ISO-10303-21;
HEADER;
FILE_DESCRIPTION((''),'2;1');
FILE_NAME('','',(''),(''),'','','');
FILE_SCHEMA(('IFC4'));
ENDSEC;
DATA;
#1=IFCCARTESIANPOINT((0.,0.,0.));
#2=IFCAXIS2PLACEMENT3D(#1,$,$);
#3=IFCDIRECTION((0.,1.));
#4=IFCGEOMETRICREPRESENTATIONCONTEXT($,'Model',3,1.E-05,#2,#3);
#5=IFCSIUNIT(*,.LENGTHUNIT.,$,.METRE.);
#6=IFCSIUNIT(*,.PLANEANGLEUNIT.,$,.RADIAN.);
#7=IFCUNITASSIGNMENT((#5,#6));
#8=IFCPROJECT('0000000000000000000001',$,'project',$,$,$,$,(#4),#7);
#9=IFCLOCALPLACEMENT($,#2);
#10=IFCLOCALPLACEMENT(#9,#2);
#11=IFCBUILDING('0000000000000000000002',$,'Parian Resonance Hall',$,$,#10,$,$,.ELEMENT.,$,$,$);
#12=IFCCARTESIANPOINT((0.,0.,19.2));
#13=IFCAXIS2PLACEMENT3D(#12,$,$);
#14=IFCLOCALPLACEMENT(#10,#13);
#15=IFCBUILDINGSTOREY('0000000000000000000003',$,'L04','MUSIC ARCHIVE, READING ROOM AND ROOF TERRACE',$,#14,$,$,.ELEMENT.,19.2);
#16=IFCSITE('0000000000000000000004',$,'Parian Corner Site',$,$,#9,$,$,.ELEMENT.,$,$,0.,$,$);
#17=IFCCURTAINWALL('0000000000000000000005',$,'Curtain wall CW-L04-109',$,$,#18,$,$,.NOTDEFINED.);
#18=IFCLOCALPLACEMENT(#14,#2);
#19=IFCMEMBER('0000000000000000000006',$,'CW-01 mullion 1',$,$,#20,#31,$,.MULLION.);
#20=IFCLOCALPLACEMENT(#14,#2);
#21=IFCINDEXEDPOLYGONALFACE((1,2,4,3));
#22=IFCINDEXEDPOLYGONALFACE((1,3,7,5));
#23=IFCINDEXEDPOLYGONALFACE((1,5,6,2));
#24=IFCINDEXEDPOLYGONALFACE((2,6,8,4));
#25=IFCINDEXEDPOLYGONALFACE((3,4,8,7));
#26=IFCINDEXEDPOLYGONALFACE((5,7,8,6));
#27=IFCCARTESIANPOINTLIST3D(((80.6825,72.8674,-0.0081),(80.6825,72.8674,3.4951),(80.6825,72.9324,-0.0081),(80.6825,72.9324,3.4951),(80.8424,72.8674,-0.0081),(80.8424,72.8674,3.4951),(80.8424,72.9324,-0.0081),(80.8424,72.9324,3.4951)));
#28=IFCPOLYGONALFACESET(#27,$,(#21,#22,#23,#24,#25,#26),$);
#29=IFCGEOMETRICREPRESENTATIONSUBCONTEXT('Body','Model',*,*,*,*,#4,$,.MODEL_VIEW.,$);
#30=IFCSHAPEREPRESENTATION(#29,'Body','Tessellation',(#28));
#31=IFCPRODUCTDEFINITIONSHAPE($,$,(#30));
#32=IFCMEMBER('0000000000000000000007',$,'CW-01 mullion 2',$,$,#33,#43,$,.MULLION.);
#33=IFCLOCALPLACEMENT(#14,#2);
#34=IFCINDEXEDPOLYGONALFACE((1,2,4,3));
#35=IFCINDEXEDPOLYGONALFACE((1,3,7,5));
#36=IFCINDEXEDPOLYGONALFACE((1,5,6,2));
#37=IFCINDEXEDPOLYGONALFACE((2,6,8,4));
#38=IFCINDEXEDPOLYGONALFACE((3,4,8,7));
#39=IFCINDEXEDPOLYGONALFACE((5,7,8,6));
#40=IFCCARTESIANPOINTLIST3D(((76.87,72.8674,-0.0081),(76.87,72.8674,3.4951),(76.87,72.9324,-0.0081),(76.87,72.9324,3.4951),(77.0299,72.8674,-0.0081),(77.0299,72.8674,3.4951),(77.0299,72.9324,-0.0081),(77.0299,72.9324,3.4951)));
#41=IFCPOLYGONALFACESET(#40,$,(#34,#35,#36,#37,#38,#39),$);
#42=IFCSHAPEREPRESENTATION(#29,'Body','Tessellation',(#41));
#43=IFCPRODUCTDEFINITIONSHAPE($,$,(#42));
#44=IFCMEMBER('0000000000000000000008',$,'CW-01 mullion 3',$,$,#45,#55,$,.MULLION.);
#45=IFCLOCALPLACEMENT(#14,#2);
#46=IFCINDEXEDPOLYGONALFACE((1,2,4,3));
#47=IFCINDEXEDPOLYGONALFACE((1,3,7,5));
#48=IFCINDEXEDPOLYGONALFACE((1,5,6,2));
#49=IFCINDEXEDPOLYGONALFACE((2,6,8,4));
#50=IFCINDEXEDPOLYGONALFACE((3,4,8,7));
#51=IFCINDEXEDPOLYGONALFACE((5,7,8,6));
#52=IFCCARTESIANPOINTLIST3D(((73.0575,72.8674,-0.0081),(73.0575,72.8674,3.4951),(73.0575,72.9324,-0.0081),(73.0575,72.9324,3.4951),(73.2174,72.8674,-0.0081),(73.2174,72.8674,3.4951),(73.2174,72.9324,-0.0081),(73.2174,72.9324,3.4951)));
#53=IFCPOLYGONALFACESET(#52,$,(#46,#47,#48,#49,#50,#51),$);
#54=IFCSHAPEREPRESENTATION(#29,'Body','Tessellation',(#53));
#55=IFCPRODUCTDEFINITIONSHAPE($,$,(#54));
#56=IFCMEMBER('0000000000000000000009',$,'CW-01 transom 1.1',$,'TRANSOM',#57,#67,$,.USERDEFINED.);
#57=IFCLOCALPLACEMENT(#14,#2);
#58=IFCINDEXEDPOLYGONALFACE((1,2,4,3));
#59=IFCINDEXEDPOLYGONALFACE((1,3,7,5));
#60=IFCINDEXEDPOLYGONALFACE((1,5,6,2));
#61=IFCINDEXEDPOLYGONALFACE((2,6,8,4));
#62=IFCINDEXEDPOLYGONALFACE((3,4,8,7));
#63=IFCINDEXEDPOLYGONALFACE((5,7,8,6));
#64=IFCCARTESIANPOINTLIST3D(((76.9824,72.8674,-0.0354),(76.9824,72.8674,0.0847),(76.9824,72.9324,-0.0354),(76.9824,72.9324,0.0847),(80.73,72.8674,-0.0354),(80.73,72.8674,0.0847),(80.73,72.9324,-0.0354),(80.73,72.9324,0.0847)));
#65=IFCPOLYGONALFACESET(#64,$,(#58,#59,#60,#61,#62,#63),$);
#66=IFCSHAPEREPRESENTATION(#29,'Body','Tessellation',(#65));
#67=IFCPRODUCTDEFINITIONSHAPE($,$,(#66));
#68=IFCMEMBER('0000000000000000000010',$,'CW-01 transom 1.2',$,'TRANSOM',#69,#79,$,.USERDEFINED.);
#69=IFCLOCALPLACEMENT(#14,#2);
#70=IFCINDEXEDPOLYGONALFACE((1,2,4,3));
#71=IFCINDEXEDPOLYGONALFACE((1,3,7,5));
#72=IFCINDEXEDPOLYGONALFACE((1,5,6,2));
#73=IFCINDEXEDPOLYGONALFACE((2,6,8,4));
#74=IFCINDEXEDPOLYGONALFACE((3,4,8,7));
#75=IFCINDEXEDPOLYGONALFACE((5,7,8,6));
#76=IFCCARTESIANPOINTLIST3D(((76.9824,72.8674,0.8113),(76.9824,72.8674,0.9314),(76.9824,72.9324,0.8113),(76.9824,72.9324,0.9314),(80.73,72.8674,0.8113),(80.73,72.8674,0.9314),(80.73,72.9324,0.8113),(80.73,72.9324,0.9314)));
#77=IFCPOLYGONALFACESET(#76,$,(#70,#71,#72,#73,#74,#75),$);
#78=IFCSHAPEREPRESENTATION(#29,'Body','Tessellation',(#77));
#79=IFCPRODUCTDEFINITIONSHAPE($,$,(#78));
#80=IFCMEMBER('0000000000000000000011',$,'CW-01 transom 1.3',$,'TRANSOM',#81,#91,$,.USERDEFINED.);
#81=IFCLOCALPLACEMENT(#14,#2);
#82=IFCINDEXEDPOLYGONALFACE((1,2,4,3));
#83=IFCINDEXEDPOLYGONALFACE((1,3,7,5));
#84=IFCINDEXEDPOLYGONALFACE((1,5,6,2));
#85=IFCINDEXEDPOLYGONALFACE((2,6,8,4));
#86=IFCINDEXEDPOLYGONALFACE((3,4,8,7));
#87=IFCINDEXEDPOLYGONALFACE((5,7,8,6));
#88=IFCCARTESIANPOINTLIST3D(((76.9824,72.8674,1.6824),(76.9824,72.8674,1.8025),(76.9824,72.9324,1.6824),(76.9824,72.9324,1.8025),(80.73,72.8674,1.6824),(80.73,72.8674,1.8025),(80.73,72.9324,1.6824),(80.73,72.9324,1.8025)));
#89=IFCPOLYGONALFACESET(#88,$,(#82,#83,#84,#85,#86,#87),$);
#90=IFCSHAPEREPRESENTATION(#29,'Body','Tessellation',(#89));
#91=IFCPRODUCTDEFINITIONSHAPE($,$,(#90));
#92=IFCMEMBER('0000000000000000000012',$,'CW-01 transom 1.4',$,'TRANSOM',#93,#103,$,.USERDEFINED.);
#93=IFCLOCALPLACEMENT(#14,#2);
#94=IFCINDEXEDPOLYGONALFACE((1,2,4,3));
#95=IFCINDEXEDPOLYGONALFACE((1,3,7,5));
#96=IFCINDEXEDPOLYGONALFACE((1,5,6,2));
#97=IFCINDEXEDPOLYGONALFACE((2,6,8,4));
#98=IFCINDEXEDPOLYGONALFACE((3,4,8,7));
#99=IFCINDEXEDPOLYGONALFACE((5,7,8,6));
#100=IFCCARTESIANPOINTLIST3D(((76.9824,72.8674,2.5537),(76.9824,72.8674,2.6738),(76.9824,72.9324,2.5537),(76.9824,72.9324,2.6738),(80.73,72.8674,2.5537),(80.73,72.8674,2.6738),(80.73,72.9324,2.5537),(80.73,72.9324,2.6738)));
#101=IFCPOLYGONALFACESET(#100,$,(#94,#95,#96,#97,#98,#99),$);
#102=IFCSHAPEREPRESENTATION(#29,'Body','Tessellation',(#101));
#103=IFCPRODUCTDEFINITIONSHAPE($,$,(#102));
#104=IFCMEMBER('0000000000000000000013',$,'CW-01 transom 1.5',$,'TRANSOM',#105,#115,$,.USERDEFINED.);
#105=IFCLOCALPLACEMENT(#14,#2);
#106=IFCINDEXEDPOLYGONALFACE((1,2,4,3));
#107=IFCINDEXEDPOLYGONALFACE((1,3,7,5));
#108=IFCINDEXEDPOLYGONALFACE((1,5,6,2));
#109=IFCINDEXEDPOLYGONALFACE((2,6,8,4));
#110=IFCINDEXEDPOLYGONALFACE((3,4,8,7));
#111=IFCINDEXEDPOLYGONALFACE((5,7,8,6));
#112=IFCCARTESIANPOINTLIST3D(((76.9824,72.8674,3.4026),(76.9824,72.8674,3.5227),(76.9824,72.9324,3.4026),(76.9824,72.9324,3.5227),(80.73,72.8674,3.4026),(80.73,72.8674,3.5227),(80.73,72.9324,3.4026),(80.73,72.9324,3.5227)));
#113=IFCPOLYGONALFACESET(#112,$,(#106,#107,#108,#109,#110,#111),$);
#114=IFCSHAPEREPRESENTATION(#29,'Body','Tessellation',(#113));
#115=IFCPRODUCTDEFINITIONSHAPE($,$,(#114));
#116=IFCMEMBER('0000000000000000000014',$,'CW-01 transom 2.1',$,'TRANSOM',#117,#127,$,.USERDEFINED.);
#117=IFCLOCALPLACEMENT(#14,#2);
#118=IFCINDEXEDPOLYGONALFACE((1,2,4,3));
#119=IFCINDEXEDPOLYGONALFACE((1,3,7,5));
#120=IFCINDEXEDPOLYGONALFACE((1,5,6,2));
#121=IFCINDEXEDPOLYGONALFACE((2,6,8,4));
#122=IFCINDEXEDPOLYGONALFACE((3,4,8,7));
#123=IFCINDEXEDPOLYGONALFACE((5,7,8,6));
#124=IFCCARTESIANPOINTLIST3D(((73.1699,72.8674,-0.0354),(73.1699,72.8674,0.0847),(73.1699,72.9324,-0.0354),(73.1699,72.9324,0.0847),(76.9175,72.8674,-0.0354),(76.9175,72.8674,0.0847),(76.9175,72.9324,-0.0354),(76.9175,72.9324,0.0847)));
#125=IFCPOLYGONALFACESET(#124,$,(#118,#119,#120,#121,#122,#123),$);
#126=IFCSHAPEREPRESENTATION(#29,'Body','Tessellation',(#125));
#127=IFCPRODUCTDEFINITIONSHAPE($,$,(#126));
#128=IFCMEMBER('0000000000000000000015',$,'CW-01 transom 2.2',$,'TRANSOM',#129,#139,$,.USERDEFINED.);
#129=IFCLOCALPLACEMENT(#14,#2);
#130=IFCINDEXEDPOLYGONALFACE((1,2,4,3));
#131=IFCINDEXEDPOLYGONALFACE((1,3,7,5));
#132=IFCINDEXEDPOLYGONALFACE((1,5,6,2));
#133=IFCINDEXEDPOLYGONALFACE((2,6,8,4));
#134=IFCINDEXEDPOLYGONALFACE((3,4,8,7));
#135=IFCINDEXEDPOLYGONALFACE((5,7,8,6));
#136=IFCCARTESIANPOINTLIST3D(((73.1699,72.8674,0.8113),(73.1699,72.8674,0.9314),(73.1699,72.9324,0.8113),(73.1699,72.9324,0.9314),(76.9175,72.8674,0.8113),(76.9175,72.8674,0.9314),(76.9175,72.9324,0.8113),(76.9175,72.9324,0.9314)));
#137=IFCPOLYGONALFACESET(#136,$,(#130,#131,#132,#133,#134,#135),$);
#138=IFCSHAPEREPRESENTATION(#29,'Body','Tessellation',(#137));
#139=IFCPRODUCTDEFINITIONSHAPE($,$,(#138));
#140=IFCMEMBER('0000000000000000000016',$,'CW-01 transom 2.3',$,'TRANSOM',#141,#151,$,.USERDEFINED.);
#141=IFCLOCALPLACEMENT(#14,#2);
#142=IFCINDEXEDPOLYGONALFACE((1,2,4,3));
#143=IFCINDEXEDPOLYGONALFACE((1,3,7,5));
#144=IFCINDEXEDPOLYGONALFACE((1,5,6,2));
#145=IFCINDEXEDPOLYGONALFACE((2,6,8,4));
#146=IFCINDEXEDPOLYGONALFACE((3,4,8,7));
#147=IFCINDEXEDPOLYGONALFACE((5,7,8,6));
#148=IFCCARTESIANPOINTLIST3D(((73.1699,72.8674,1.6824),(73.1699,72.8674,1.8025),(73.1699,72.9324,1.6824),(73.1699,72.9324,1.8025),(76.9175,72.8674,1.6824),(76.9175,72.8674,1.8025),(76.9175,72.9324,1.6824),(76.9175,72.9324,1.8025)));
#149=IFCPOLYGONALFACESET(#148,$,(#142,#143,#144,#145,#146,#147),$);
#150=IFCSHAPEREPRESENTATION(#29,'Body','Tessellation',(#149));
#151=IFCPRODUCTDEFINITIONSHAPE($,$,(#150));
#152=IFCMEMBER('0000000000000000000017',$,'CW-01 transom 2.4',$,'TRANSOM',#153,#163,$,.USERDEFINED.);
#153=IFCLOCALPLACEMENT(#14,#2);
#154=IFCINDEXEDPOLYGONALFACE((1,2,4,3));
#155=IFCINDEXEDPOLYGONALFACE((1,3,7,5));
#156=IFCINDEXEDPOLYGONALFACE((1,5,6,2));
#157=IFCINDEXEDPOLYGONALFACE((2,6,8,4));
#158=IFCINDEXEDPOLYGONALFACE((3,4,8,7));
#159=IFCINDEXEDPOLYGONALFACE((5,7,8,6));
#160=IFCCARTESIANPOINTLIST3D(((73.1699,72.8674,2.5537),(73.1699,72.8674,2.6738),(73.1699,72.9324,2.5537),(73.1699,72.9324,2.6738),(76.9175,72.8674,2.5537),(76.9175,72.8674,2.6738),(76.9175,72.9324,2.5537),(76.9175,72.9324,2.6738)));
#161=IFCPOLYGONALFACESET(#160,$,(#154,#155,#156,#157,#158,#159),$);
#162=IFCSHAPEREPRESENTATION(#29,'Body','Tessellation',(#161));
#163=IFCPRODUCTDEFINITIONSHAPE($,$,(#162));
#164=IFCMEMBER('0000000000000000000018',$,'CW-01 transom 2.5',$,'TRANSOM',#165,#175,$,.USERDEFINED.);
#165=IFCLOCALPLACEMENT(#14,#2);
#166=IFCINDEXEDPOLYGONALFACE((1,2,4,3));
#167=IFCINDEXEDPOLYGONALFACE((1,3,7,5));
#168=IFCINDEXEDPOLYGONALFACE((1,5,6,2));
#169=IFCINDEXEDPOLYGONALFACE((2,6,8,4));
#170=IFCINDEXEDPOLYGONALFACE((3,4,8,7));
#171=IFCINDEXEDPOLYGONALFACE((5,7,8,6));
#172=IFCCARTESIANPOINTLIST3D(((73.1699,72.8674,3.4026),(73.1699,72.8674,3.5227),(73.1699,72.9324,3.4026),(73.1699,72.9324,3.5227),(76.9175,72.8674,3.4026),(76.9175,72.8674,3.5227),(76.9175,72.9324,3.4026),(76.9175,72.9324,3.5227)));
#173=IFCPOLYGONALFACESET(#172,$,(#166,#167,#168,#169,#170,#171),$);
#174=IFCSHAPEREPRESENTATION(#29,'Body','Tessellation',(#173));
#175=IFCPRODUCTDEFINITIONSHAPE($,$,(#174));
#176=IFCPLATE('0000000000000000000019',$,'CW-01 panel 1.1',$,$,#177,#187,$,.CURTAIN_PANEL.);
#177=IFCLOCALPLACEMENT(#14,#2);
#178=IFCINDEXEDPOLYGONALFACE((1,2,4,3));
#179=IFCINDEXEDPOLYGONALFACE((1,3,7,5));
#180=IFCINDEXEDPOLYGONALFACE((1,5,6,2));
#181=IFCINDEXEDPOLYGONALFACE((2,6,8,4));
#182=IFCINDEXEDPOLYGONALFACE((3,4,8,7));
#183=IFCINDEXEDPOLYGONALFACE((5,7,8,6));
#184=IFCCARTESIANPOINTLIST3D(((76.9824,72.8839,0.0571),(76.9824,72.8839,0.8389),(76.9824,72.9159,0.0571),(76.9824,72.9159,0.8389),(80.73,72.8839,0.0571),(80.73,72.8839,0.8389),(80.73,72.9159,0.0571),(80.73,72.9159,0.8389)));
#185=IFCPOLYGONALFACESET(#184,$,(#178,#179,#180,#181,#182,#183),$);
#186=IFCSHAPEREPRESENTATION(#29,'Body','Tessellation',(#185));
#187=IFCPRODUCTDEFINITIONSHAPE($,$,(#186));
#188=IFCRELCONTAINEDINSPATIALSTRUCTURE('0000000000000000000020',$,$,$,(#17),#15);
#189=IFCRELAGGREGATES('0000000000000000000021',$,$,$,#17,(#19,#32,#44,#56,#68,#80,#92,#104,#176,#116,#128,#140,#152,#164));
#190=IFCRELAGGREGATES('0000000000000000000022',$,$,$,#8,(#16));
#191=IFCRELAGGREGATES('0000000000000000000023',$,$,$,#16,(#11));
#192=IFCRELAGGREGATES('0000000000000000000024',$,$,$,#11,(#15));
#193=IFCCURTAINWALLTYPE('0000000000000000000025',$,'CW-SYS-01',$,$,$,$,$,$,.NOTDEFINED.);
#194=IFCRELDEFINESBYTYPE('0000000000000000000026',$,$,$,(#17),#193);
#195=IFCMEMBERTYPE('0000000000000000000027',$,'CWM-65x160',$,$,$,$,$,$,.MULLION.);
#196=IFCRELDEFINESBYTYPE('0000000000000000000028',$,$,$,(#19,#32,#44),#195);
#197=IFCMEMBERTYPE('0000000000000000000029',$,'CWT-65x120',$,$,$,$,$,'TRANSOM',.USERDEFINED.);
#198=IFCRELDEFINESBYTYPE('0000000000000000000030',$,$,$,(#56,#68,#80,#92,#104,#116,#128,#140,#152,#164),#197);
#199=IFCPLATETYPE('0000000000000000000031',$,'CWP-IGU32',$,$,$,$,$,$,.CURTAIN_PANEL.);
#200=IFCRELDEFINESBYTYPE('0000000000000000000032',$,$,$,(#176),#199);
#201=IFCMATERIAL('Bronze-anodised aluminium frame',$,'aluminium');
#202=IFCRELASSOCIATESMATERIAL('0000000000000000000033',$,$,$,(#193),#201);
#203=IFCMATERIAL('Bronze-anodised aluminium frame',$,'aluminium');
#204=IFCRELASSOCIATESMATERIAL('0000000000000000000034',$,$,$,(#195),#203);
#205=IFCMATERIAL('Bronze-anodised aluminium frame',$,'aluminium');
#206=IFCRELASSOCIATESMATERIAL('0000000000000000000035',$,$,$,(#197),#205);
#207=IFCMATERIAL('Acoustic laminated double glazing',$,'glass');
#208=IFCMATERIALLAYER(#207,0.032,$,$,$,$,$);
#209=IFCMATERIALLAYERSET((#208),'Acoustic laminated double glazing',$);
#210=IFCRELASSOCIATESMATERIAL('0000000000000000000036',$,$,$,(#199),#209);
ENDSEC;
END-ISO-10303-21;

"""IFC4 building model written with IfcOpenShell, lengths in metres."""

from ifc_helpers import new_model, si_unit, direction, frame, origin, origin_2d, place, context, subcontext, project, spatial, rectangle, extrude, material, layer, layer_set, material_profile, profile_set, type_object, element, aggregate, save


model = new_model("IFC4")

# Units and contexts
model_context = context("Model", 3, precision=1e-05, world=origin(), true_north=direction((0.0, 1.0)))
body_context = subcontext(model_context, "Body", "Model", "MODEL_VIEW")
ifc_project = project(units=[si_unit("LENGTHUNIT", "METRE"), si_unit("PLANEANGLEUNIT", "RADIAN")], contexts=[model_context])

# Site, building, storey
site_placement = place(None, origin())
site = spatial("IfcSite", under=ifc_project, at=site_placement, Name="Parian Corner Site", CompositionType="ELEMENT", RefElevation=0.0)
building_placement = place(site_placement, origin())
building = spatial("IfcBuilding", under=site, at=building_placement, Name="Parian Resonance Hall", CompositionType="ELEMENT")
storey_placement = place(building_placement, frame((0.0, 0.0, 19.2)))
storey = spatial("IfcBuildingStorey", under=building, at=storey_placement, Name="L04", Description="MUSIC ARCHIVE, READING ROOM AND ROOF TERRACE", CompositionType="ELEMENT", Elevation=19.2)

# Curtain wall, members, plate
ifc_material_1 = material(Name="Bronze-anodised aluminium frame", Category="aluminium")
curtain_wall_type = type_object("IfcCurtainWallType", Name="CW-SYS-01", PredefinedType="NOTDEFINED", material=ifc_material_1)
curtain_wall_placement = place(storey_placement, origin())
curtain_wall = element("IfcCurtainWall", 1, at=curtain_wall_placement, inside=storey, type_object=curtain_wall_type, Name="Curtain wall CW-L04-109", PredefinedType="NOTDEFINED")
ifc_material_2 = material(Name="Bronze-anodised aluminium frame", Category="aluminium")
ifc_material_profile_1 = material_profile(ifc_material_2, rectangle(XDim=0.0649, YDim=0.1599, at=origin_2d()), Name="CWM-65x160")
ifc_profile_set_1 = profile_set([ifc_material_profile_1], Name="Bronze-anodised aluminium frame")
member_type_1 = type_object("IfcMemberType", Name="CWM-65x160", PredefinedType="MULLION", material=ifc_profile_set_1)
member_1_placement = place(storey_placement, frame((80.7625, 72.8999, -0.0081), z_axis=(0.0, 0.0, 1.0), x_axis=(0.0, -1.0, 0.0)))
member_1 = element("IfcMember", 2, at=member_1_placement, type_object=member_type_1, Name="CW-01 mullion 1", PredefinedType="MULLION", context=body_context, shape_type="SweptSolid", body=[
    extrude(rectangle(XDim=0.0649, YDim=0.1599, at=origin_2d()), origin(), (0.0, 0.0, 1.0), 3.5032),
])
member_2_placement = place(storey_placement, frame((76.95, 72.8999, -0.0081), z_axis=(0.0, 0.0, 1.0), x_axis=(0.0, -1.0, 0.0)))
member_2 = element("IfcMember", 3, at=member_2_placement, type_object=member_type_1, Name="CW-01 mullion 2", PredefinedType="MULLION", context=body_context, shape_type="SweptSolid", body=[
    extrude(rectangle(XDim=0.0649, YDim=0.1599, at=origin_2d()), origin(), (0.0, 0.0, 1.0), 3.5032),
])
member_3_placement = place(storey_placement, frame((73.1375, 72.8999, -0.0081), z_axis=(0.0, 0.0, 1.0), x_axis=(0.0, -1.0, 0.0)))
member_3 = element("IfcMember", 4, at=member_3_placement, type_object=member_type_1, Name="CW-01 mullion 3", PredefinedType="MULLION", context=body_context, shape_type="SweptSolid", body=[
    extrude(rectangle(XDim=0.0649, YDim=0.1599, at=origin_2d()), origin(), (0.0, 0.0, 1.0), 3.5032),
])
ifc_material_3 = material(Name="Bronze-anodised aluminium frame", Category="aluminium")
ifc_material_profile_2 = material_profile(ifc_material_3, rectangle(XDim=0.0649, YDim=0.1201, at=origin_2d()), Name="CWT-65x120")
ifc_profile_set_2 = profile_set([ifc_material_profile_2], Name="Bronze-anodised aluminium frame")
member_type_2 = type_object("IfcMemberType", Name="CWT-65x120", ElementType="TRANSOM", PredefinedType="USERDEFINED", material=ifc_profile_set_2)
member_4_placement = place(storey_placement, frame((80.73, 72.8999, 0.0247), z_axis=(-1.0, 0.0, 0.0), x_axis=(0.0, -1.0, 0.0)))
member_4 = element("IfcMember", 5, at=member_4_placement, type_object=member_type_2, Name="CW-01 transom 1.1", ObjectType="TRANSOM", PredefinedType="USERDEFINED", context=body_context, shape_type="SweptSolid", body=[
    extrude(rectangle(XDim=0.0649, YDim=0.1201, at=origin_2d()), origin(), (0.0, 0.0, 1.0), 3.7476),
])
member_5_placement = place(storey_placement, frame((80.73, 72.8999, 0.8713), z_axis=(-1.0, 0.0, 0.0), x_axis=(0.0, -1.0, 0.0)))
member_5 = element("IfcMember", 6, at=member_5_placement, type_object=member_type_2, Name="CW-01 transom 1.2", ObjectType="TRANSOM", PredefinedType="USERDEFINED", context=body_context, shape_type="SweptSolid", body=[
    extrude(rectangle(XDim=0.0649, YDim=0.1201, at=origin_2d()), origin(), (0.0, 0.0, 1.0), 3.7476),
])
member_6_placement = place(storey_placement, frame((80.73, 72.8999, 1.7424), z_axis=(-1.0, 0.0, 0.0), x_axis=(0.0, -1.0, 0.0)))
member_6 = element("IfcMember", 7, at=member_6_placement, type_object=member_type_2, Name="CW-01 transom 1.3", ObjectType="TRANSOM", PredefinedType="USERDEFINED", context=body_context, shape_type="SweptSolid", body=[
    extrude(rectangle(XDim=0.0649, YDim=0.1201, at=origin_2d()), origin(), (0.0, 0.0, 1.0), 3.7476),
])
member_7_placement = place(storey_placement, frame((80.73, 72.8999, 2.6138), z_axis=(-1.0, 0.0, 0.0), x_axis=(0.0, -1.0, 0.0)))
member_7 = element("IfcMember", 8, at=member_7_placement, type_object=member_type_2, Name="CW-01 transom 1.4", ObjectType="TRANSOM", PredefinedType="USERDEFINED", context=body_context, shape_type="SweptSolid", body=[
    extrude(rectangle(XDim=0.0649, YDim=0.1201, at=origin_2d()), origin(), (0.0, 0.0, 1.0), 3.7476),
])
member_8_placement = place(storey_placement, frame((80.73, 72.8999, 3.4626), z_axis=(-1.0, 0.0, 0.0), x_axis=(0.0, -1.0, 0.0)))
member_8 = element("IfcMember", 9, at=member_8_placement, type_object=member_type_2, Name="CW-01 transom 1.5", ObjectType="TRANSOM", PredefinedType="USERDEFINED", context=body_context, shape_type="SweptSolid", body=[
    extrude(rectangle(XDim=0.0649, YDim=0.1201, at=origin_2d()), origin(), (0.0, 0.0, 1.0), 3.7476),
])
member_9_placement = place(storey_placement, frame((76.9175, 72.8999, 0.0247), z_axis=(-1.0, 0.0, 0.0), x_axis=(0.0, -1.0, 0.0)))
member_9 = element("IfcMember", 10, at=member_9_placement, type_object=member_type_2, Name="CW-01 transom 2.1", ObjectType="TRANSOM", PredefinedType="USERDEFINED", context=body_context, shape_type="SweptSolid", body=[
    extrude(rectangle(XDim=0.0649, YDim=0.1201, at=origin_2d()), origin(), (0.0, 0.0, 1.0), 3.7476),
])
member_10_placement = place(storey_placement, frame((76.9175, 72.8999, 0.8713), z_axis=(-1.0, 0.0, 0.0), x_axis=(0.0, -1.0, 0.0)))
member_10 = element("IfcMember", 11, at=member_10_placement, type_object=member_type_2, Name="CW-01 transom 2.2", ObjectType="TRANSOM", PredefinedType="USERDEFINED", context=body_context, shape_type="SweptSolid", body=[
    extrude(rectangle(XDim=0.0649, YDim=0.1201, at=origin_2d()), origin(), (0.0, 0.0, 1.0), 3.7476),
])
member_11_placement = place(storey_placement, frame((76.9175, 72.8999, 1.7424), z_axis=(-1.0, 0.0, 0.0), x_axis=(0.0, -1.0, 0.0)))
member_11 = element("IfcMember", 12, at=member_11_placement, type_object=member_type_2, Name="CW-01 transom 2.3", ObjectType="TRANSOM", PredefinedType="USERDEFINED", context=body_context, shape_type="SweptSolid", body=[
    extrude(rectangle(XDim=0.0649, YDim=0.1201, at=origin_2d()), origin(), (0.0, 0.0, 1.0), 3.7476),
])
member_12_placement = place(storey_placement, frame((76.9175, 72.8999, 2.6138), z_axis=(-1.0, 0.0, 0.0), x_axis=(0.0, -1.0, 0.0)))
member_12 = element("IfcMember", 13, at=member_12_placement, type_object=member_type_2, Name="CW-01 transom 2.4", ObjectType="TRANSOM", PredefinedType="USERDEFINED", context=body_context, shape_type="SweptSolid", body=[
    extrude(rectangle(XDim=0.0649, YDim=0.1201, at=origin_2d()), origin(), (0.0, 0.0, 1.0), 3.7476),
])
member_13_placement = place(storey_placement, frame((76.9175, 72.8999, 3.4626), z_axis=(-1.0, 0.0, 0.0), x_axis=(0.0, -1.0, 0.0)))
member_13 = element("IfcMember", 14, at=member_13_placement, type_object=member_type_2, Name="CW-01 transom 2.5", ObjectType="TRANSOM", PredefinedType="USERDEFINED", context=body_context, shape_type="SweptSolid", body=[
    extrude(rectangle(XDim=0.0649, YDim=0.1201, at=origin_2d()), origin(), (0.0, 0.0, 1.0), 3.7476),
])
ifc_material_4 = material(Name="Acoustic laminated double glazing", Category="glass")
ifc_layer_1 = layer(ifc_material_4, 0.032)
ifc_layer_set_1 = layer_set([ifc_layer_1], Name="Acoustic laminated double glazing")
plate_type_1 = type_object("IfcPlateType", Name="CWP-IGU32", PredefinedType="CURTAIN_PANEL", material=ifc_layer_set_1)
plate_1_placement = place(storey_placement, frame((78.8562, 72.8999, 0.0571), z_axis=(0.0, 0.0, 1.0), x_axis=(-1.0, 0.0, 0.0)))
plate_1 = element("IfcPlate", 15, at=plate_1_placement, type_object=plate_type_1, Name="CW-01 panel 1.1", PredefinedType="CURTAIN_PANEL", context=body_context, shape_type="SweptSolid", body=[
    extrude(rectangle(XDim=3.7476, YDim=0.032, at=origin_2d()), origin(), (0.0, 0.0, 1.0), 0.7817),
])
aggregate(curtain_wall, [member_1, member_2, member_3, member_4, member_5, member_6, member_7, member_8, plate_1, member_9, member_10, member_11, member_12, member_13])

save(model, "model.ifc")
